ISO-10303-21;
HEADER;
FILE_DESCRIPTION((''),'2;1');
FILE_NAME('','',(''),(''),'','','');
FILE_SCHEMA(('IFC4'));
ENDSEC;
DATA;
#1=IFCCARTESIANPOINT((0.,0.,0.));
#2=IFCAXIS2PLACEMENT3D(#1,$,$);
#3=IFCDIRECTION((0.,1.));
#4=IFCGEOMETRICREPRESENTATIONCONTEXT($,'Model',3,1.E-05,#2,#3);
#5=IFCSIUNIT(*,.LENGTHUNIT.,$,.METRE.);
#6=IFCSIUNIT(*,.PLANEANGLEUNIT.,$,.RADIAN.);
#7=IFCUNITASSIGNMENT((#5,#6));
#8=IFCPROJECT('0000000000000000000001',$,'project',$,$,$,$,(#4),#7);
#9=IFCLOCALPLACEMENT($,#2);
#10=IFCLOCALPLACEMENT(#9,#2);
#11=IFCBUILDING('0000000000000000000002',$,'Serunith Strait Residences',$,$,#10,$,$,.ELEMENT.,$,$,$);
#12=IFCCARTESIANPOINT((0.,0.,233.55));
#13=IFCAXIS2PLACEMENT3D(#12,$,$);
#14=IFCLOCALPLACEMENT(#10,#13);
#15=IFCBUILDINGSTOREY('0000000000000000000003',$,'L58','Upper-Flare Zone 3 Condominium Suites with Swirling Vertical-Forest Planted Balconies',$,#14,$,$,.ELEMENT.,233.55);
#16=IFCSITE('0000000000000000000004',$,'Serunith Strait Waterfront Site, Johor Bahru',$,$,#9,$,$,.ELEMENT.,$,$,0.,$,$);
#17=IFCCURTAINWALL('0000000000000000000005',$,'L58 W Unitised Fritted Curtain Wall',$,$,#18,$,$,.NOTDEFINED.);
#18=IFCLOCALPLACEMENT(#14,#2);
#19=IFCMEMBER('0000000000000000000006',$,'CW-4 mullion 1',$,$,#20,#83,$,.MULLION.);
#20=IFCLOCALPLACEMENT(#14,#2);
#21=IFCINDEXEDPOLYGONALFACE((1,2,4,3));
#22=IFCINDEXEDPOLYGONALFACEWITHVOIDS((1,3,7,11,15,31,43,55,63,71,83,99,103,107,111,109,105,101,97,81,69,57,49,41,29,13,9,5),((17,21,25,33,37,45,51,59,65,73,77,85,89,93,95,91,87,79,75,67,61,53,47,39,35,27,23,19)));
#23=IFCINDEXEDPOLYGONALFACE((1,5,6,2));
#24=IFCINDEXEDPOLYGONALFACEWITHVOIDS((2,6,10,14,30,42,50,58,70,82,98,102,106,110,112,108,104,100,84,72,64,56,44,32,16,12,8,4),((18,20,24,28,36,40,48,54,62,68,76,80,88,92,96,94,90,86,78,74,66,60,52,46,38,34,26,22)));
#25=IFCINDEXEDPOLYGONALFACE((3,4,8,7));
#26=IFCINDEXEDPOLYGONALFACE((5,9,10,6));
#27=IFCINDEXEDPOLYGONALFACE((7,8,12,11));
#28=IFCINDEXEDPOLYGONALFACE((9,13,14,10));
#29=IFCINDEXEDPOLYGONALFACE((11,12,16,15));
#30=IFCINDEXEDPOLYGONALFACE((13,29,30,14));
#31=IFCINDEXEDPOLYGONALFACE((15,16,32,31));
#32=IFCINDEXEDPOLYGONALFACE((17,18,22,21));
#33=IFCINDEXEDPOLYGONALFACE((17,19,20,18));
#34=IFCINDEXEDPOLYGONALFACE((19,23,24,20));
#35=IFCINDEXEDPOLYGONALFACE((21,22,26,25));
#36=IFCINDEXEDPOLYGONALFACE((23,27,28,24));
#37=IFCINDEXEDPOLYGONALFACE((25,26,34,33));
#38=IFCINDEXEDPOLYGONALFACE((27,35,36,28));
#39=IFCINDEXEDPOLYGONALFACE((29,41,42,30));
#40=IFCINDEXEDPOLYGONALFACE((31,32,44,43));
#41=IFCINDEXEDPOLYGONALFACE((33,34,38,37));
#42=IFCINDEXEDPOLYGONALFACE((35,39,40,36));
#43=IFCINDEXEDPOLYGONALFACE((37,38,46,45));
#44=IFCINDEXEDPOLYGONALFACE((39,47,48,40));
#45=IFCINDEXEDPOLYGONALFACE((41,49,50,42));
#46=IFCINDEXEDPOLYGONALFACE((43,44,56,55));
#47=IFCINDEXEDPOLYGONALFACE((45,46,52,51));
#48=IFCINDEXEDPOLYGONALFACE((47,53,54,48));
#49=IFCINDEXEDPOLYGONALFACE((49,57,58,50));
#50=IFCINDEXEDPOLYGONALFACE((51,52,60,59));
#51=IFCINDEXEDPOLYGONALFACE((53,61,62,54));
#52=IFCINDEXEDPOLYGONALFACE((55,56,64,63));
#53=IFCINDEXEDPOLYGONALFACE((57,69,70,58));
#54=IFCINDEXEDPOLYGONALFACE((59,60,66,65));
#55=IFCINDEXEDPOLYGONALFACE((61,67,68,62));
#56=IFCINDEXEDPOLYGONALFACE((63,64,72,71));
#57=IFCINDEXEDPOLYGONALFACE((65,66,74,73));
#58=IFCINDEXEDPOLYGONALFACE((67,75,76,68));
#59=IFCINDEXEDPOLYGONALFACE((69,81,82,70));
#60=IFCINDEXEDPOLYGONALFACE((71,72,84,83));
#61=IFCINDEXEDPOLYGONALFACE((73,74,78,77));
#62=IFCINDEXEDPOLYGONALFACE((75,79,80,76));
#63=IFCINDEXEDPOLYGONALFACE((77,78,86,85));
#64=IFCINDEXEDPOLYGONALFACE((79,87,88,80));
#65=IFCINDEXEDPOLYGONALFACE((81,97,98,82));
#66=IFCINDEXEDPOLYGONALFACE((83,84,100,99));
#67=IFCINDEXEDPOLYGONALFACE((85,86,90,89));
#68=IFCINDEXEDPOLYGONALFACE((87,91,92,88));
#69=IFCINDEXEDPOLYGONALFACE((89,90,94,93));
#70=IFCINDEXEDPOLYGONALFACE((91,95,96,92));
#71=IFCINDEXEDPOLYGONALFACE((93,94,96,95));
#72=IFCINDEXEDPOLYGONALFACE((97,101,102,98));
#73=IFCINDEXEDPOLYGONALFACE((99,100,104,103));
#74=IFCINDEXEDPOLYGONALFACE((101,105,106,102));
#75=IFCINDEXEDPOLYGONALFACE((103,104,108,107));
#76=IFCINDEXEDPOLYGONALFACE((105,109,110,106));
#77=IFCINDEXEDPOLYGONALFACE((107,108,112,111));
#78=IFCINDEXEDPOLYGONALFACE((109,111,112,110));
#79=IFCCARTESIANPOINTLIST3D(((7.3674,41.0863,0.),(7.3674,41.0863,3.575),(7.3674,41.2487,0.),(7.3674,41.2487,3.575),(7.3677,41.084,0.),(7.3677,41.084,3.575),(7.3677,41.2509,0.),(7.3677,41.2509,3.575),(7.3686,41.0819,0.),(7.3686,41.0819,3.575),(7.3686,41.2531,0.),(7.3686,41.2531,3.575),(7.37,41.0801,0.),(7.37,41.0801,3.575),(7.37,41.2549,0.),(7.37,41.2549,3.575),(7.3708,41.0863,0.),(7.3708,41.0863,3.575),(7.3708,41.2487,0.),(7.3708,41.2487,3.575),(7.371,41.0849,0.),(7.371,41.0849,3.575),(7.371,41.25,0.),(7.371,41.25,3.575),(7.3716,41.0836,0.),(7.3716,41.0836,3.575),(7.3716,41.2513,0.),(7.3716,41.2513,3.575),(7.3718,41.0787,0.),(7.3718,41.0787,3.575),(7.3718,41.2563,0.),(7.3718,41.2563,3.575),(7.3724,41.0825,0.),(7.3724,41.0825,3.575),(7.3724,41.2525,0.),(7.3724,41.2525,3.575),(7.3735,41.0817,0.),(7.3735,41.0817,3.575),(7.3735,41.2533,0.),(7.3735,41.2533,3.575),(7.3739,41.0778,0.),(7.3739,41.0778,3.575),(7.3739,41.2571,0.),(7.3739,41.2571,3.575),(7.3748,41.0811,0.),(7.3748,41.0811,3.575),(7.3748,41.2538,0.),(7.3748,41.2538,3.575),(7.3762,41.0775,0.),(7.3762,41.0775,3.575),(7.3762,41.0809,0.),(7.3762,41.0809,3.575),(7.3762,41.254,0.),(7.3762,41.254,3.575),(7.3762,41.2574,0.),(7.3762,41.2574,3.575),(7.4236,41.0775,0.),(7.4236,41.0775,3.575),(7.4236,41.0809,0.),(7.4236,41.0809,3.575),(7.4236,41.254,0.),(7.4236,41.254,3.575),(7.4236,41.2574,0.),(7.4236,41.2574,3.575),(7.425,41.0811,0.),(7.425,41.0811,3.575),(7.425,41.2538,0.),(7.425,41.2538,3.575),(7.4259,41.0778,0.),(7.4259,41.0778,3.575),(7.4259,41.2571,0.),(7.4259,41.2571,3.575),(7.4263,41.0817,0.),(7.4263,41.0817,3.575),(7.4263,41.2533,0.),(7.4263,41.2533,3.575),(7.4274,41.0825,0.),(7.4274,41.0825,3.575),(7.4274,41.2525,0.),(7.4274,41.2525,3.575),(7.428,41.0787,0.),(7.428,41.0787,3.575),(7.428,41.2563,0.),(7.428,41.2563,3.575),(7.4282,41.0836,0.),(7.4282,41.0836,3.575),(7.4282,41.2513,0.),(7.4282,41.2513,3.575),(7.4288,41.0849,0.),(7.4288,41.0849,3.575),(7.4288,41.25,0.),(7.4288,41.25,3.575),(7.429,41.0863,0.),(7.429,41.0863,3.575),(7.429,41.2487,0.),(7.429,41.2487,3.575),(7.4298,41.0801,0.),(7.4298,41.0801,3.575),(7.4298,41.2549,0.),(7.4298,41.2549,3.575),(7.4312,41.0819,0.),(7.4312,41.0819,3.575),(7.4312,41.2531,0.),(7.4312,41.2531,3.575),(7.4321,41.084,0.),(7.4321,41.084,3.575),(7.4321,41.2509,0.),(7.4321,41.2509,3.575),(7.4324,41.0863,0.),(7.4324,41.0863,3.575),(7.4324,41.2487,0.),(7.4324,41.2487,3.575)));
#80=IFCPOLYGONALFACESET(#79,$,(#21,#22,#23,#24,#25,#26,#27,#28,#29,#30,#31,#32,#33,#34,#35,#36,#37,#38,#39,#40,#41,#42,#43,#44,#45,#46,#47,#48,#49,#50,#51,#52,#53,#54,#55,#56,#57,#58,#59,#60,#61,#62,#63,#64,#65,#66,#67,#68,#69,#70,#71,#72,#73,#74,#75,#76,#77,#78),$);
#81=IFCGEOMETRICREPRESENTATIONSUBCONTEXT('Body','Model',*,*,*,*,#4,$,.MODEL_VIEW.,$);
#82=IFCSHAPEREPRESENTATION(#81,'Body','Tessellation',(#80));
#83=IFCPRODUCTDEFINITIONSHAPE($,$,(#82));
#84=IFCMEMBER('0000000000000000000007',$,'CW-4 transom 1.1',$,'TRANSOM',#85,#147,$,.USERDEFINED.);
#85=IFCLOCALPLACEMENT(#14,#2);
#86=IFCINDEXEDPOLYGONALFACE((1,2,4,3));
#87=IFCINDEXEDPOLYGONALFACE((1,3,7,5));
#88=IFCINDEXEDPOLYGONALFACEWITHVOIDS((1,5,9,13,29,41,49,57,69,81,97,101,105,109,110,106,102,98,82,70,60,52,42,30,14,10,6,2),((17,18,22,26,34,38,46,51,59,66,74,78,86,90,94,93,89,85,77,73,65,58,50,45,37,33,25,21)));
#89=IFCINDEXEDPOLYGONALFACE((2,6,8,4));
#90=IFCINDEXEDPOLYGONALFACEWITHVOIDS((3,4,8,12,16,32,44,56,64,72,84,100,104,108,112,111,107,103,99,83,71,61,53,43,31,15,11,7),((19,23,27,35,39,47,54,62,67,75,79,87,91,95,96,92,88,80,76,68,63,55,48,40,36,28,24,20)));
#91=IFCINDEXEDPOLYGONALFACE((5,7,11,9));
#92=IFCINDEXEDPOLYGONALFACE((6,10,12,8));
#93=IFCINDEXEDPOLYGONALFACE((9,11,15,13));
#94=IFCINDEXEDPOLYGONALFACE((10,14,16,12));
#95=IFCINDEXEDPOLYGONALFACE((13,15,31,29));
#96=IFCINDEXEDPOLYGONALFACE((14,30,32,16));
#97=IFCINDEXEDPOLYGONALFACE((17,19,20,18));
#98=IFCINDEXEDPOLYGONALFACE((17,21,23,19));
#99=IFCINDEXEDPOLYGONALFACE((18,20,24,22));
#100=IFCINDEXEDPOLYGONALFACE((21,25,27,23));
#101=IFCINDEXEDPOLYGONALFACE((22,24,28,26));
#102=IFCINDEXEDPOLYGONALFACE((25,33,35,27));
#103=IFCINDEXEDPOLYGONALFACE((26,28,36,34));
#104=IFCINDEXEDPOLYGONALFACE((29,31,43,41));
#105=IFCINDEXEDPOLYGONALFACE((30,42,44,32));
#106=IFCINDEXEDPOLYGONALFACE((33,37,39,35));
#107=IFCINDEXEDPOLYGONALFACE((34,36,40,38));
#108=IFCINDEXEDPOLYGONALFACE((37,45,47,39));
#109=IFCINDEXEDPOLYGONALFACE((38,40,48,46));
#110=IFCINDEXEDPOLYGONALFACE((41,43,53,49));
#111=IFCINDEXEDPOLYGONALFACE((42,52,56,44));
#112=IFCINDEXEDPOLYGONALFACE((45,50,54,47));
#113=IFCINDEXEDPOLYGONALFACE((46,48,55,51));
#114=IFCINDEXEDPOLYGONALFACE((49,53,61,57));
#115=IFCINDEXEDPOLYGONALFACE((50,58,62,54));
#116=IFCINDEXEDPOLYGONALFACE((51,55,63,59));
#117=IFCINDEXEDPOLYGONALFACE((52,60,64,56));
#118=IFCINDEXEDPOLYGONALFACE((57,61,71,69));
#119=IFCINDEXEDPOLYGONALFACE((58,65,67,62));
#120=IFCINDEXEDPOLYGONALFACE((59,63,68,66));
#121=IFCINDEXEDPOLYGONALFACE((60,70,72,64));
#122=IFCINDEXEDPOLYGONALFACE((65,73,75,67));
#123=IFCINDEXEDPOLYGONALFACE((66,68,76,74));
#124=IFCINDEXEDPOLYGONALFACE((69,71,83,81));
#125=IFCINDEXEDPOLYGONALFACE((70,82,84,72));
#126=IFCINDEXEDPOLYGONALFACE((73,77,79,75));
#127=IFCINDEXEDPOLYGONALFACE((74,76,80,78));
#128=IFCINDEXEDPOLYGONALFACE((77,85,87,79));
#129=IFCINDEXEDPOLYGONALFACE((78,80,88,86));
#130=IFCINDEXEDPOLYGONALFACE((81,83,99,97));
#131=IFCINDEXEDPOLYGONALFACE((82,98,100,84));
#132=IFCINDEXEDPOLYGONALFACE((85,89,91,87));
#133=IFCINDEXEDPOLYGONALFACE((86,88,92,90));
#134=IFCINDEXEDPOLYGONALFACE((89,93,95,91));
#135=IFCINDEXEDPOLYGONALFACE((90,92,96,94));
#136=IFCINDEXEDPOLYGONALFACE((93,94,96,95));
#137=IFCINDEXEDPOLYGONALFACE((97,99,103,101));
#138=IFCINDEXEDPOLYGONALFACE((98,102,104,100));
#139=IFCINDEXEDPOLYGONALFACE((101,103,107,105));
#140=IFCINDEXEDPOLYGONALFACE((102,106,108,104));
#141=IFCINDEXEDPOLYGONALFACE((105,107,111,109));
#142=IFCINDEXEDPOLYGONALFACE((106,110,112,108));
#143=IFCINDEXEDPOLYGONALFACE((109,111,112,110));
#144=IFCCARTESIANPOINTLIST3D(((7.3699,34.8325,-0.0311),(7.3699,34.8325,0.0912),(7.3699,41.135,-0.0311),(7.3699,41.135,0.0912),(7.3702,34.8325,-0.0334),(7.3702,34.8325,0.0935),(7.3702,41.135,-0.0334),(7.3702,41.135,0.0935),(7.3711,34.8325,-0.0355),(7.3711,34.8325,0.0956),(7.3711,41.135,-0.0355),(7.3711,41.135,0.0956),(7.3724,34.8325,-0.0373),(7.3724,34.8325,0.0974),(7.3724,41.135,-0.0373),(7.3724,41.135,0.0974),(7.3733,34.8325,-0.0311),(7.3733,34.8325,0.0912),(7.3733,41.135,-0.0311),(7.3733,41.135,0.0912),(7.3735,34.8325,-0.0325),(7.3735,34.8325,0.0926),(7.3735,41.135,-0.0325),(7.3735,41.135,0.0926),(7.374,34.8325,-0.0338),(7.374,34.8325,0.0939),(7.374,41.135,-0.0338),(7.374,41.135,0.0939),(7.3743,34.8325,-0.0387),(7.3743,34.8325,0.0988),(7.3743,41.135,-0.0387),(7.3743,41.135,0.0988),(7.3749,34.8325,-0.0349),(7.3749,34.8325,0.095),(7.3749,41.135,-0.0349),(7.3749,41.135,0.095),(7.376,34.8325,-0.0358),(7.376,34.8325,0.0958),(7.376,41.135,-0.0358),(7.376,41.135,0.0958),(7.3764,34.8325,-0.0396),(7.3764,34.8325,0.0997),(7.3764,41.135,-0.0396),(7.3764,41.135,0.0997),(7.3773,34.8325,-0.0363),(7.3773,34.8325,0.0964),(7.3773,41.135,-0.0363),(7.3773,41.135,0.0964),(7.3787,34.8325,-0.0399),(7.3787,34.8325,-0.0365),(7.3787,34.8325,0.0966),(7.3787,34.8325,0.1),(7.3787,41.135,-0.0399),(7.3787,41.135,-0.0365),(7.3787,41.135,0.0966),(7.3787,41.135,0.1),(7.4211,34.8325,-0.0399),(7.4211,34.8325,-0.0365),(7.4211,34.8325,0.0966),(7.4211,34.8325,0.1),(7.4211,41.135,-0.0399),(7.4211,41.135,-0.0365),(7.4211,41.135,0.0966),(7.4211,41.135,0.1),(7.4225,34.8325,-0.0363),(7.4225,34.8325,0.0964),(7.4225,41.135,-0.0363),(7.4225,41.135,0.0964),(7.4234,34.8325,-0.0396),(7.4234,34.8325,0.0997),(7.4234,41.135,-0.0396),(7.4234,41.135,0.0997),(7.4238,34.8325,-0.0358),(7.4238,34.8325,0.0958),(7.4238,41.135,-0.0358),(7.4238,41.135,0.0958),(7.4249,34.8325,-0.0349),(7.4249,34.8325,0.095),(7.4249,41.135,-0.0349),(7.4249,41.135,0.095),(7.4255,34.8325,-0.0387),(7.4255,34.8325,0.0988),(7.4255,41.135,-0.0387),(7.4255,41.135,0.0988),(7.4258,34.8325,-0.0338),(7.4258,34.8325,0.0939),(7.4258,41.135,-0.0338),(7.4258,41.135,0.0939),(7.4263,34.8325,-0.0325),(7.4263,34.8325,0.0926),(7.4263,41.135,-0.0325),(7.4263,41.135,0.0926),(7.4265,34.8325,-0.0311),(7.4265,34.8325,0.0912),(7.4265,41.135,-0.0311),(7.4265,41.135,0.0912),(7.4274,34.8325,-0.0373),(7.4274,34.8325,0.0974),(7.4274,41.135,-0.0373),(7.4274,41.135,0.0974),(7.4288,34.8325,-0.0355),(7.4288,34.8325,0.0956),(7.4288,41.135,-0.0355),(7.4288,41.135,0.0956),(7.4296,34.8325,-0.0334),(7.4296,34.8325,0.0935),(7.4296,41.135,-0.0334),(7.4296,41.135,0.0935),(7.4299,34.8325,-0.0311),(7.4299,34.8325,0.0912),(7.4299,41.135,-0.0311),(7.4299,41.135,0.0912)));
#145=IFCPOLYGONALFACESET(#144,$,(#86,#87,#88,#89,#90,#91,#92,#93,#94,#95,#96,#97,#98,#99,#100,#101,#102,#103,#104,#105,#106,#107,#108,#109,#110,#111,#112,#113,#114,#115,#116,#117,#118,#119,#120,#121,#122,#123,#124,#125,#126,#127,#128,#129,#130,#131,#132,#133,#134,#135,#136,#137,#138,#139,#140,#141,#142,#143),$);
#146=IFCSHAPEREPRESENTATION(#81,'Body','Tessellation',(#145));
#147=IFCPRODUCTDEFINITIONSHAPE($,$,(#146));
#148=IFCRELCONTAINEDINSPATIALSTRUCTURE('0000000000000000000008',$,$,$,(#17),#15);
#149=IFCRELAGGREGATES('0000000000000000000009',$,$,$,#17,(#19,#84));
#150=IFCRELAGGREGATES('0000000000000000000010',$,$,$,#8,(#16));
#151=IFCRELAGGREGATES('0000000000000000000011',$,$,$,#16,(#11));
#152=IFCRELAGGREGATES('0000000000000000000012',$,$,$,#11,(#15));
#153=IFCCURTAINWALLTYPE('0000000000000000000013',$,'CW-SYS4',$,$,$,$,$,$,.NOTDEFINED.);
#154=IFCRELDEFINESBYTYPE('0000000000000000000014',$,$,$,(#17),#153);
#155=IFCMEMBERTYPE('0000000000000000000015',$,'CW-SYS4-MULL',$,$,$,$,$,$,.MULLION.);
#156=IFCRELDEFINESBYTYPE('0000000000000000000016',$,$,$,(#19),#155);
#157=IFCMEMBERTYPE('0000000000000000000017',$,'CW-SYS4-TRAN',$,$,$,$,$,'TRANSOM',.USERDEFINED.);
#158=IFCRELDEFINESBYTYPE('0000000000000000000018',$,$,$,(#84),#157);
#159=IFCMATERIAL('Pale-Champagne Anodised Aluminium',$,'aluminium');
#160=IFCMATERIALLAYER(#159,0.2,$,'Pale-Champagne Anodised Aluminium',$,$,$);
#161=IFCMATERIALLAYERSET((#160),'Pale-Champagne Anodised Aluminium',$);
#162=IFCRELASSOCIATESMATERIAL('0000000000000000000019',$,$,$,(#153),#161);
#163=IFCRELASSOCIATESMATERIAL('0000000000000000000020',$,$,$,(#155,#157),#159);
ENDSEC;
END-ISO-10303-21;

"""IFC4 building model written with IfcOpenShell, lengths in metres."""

from ifc_helpers import new_model, si_unit, direction, frame, origin, origin_2d, place, context, subcontext, project, spatial, hollow_rectangle, extrude, source, transform, mapped, material, layer, layer_set, material_profile, profile_set, type_object, element, aggregate, save


model = new_model("IFC4")

# Units and contexts
model_context = context("Model", 3, precision=1e-05, world=origin(), true_north=direction((0.0, 1.0)))
body_context = subcontext(model_context, "Body", "Model", "MODEL_VIEW")
ifc_project = project(units=[si_unit("LENGTHUNIT", "METRE"), si_unit("PLANEANGLEUNIT", "RADIAN")], contexts=[model_context])

# Site, building, storey
site_placement = place(None, origin())
site = spatial("IfcSite", under=ifc_project, at=site_placement, Name="Serunith Strait Waterfront Site, Johor Bahru", CompositionType="ELEMENT", RefElevation=0.0)
building_placement = place(site_placement, origin())
building = spatial("IfcBuilding", under=site, at=building_placement, Name="Serunith Strait Residences", CompositionType="ELEMENT")
storey_placement = place(building_placement, frame((0.0, 0.0, 233.55)))
storey = spatial("IfcBuildingStorey", under=building, at=storey_placement, Name="L58", Description="Upper-Flare Zone 3 Condominium Suites with Swirling Vertical-Forest Planted Balconies", CompositionType="ELEMENT", Elevation=233.55)

# Shared definitions
ifc_material_1 = material(Name="Pale-Champagne Anodised Aluminium", Category="aluminium")
ifc_layer_1 = layer(ifc_material_1, 0.2, Name="Pale-Champagne Anodised Aluminium")
ifc_layer_set_1 = layer_set([ifc_layer_1], Name="Pale-Champagne Anodised Aluminium")
curtain_wall_type = type_object("IfcCurtainWallType", Name="CW-SYS4", PredefinedType="NOTDEFINED", material=ifc_layer_set_1)
ifc_material_profile_1 = material_profile(ifc_material_1, hollow_rectangle(XDim=0.0649, YDim=0.1799, WallThickness=0.0034, InnerFilletRadius=0.0054, OuterFilletRadius=0.0088, at=origin_2d()), Name="ALU 180x65x3.5")
ifc_profile_set_1 = profile_set([ifc_material_profile_1], Name="Pale-Champagne Anodised Aluminium")
member_type_1 = type_object("IfcMemberType", Name="CW-SYS4-MULL", PredefinedType="MULLION", material=ifc_profile_set_1)
shared_shape_1 = source(origin(), body_context, "Body", "SweptSolid", [
    extrude(hollow_rectangle(XDim=0.0649, YDim=0.1799, WallThickness=0.0034, InnerFilletRadius=0.0054, OuterFilletRadius=0.0088, at=origin_2d()), origin(), (0.0, 0.0, 1.0), 3.575),
])

# Curtain wall, members
curtain_wall_1_placement = place(storey_placement, origin())
curtain_wall_1 = element("IfcCurtainWall", 1, at=curtain_wall_1_placement, inside=storey, type_object=curtain_wall_type, Name="L58 W Unitised Fritted Curtain Wall", PredefinedType="NOTDEFINED")
member_1_placement = place(storey_placement, frame((7.3999, 41.1675, 0.0), z_axis=(0.0, 0.0, 1.0), x_axis=(1.0, 0.0, 0.0)))
member_1 = element("IfcMember", 2, at=member_1_placement, type_object=member_type_1, Name="CW-4 mullion 1", PredefinedType="MULLION", context=body_context, shape_type="MappedRepresentation", body=[
    mapped(shared_shape_1, transform((0.0, 0.0, 0.0), scale=1.0)),
])
ifc_material_profile_2 = material_profile(ifc_material_1, hollow_rectangle(XDim=0.0601, YDim=0.1399, WallThickness=0.0034, InnerFilletRadius=0.0054, OuterFilletRadius=0.0088, at=origin_2d()), Name="ALU 140x60x3.5")
ifc_profile_set_2 = profile_set([ifc_material_profile_2], Name="Pale-Champagne Anodised Aluminium")
member_type_2 = type_object("IfcMemberType", Name="CW-SYS4-TRAN", ElementType="TRANSOM", PredefinedType="USERDEFINED", material=ifc_profile_set_2)
shared_shape_2 = source(origin(), body_context, "Body", "SweptSolid", [
    extrude(hollow_rectangle(XDim=0.0601, YDim=0.1399, WallThickness=0.0034, InnerFilletRadius=0.0054, OuterFilletRadius=0.0088, at=origin_2d()), origin(), (0.0, 0.0, 1.0), 6.3025),
])
member_2_placement = place(storey_placement, frame((7.3999, 41.135, 0.03), z_axis=(0.0, -1.0, 0.0), x_axis=(1.0, 0.0, 0.0)))
member_2 = element("IfcMember", 3, at=member_2_placement, type_object=member_type_2, Name="CW-4 transom 1.1", ObjectType="TRANSOM", PredefinedType="USERDEFINED", context=body_context, shape_type="MappedRepresentation", body=[
    mapped(shared_shape_2, transform((0.0, 0.0, 0.0), scale=1.0)),
])
aggregate(curtain_wall_1, [member_1, member_2])

save(model, "model.ifc")
